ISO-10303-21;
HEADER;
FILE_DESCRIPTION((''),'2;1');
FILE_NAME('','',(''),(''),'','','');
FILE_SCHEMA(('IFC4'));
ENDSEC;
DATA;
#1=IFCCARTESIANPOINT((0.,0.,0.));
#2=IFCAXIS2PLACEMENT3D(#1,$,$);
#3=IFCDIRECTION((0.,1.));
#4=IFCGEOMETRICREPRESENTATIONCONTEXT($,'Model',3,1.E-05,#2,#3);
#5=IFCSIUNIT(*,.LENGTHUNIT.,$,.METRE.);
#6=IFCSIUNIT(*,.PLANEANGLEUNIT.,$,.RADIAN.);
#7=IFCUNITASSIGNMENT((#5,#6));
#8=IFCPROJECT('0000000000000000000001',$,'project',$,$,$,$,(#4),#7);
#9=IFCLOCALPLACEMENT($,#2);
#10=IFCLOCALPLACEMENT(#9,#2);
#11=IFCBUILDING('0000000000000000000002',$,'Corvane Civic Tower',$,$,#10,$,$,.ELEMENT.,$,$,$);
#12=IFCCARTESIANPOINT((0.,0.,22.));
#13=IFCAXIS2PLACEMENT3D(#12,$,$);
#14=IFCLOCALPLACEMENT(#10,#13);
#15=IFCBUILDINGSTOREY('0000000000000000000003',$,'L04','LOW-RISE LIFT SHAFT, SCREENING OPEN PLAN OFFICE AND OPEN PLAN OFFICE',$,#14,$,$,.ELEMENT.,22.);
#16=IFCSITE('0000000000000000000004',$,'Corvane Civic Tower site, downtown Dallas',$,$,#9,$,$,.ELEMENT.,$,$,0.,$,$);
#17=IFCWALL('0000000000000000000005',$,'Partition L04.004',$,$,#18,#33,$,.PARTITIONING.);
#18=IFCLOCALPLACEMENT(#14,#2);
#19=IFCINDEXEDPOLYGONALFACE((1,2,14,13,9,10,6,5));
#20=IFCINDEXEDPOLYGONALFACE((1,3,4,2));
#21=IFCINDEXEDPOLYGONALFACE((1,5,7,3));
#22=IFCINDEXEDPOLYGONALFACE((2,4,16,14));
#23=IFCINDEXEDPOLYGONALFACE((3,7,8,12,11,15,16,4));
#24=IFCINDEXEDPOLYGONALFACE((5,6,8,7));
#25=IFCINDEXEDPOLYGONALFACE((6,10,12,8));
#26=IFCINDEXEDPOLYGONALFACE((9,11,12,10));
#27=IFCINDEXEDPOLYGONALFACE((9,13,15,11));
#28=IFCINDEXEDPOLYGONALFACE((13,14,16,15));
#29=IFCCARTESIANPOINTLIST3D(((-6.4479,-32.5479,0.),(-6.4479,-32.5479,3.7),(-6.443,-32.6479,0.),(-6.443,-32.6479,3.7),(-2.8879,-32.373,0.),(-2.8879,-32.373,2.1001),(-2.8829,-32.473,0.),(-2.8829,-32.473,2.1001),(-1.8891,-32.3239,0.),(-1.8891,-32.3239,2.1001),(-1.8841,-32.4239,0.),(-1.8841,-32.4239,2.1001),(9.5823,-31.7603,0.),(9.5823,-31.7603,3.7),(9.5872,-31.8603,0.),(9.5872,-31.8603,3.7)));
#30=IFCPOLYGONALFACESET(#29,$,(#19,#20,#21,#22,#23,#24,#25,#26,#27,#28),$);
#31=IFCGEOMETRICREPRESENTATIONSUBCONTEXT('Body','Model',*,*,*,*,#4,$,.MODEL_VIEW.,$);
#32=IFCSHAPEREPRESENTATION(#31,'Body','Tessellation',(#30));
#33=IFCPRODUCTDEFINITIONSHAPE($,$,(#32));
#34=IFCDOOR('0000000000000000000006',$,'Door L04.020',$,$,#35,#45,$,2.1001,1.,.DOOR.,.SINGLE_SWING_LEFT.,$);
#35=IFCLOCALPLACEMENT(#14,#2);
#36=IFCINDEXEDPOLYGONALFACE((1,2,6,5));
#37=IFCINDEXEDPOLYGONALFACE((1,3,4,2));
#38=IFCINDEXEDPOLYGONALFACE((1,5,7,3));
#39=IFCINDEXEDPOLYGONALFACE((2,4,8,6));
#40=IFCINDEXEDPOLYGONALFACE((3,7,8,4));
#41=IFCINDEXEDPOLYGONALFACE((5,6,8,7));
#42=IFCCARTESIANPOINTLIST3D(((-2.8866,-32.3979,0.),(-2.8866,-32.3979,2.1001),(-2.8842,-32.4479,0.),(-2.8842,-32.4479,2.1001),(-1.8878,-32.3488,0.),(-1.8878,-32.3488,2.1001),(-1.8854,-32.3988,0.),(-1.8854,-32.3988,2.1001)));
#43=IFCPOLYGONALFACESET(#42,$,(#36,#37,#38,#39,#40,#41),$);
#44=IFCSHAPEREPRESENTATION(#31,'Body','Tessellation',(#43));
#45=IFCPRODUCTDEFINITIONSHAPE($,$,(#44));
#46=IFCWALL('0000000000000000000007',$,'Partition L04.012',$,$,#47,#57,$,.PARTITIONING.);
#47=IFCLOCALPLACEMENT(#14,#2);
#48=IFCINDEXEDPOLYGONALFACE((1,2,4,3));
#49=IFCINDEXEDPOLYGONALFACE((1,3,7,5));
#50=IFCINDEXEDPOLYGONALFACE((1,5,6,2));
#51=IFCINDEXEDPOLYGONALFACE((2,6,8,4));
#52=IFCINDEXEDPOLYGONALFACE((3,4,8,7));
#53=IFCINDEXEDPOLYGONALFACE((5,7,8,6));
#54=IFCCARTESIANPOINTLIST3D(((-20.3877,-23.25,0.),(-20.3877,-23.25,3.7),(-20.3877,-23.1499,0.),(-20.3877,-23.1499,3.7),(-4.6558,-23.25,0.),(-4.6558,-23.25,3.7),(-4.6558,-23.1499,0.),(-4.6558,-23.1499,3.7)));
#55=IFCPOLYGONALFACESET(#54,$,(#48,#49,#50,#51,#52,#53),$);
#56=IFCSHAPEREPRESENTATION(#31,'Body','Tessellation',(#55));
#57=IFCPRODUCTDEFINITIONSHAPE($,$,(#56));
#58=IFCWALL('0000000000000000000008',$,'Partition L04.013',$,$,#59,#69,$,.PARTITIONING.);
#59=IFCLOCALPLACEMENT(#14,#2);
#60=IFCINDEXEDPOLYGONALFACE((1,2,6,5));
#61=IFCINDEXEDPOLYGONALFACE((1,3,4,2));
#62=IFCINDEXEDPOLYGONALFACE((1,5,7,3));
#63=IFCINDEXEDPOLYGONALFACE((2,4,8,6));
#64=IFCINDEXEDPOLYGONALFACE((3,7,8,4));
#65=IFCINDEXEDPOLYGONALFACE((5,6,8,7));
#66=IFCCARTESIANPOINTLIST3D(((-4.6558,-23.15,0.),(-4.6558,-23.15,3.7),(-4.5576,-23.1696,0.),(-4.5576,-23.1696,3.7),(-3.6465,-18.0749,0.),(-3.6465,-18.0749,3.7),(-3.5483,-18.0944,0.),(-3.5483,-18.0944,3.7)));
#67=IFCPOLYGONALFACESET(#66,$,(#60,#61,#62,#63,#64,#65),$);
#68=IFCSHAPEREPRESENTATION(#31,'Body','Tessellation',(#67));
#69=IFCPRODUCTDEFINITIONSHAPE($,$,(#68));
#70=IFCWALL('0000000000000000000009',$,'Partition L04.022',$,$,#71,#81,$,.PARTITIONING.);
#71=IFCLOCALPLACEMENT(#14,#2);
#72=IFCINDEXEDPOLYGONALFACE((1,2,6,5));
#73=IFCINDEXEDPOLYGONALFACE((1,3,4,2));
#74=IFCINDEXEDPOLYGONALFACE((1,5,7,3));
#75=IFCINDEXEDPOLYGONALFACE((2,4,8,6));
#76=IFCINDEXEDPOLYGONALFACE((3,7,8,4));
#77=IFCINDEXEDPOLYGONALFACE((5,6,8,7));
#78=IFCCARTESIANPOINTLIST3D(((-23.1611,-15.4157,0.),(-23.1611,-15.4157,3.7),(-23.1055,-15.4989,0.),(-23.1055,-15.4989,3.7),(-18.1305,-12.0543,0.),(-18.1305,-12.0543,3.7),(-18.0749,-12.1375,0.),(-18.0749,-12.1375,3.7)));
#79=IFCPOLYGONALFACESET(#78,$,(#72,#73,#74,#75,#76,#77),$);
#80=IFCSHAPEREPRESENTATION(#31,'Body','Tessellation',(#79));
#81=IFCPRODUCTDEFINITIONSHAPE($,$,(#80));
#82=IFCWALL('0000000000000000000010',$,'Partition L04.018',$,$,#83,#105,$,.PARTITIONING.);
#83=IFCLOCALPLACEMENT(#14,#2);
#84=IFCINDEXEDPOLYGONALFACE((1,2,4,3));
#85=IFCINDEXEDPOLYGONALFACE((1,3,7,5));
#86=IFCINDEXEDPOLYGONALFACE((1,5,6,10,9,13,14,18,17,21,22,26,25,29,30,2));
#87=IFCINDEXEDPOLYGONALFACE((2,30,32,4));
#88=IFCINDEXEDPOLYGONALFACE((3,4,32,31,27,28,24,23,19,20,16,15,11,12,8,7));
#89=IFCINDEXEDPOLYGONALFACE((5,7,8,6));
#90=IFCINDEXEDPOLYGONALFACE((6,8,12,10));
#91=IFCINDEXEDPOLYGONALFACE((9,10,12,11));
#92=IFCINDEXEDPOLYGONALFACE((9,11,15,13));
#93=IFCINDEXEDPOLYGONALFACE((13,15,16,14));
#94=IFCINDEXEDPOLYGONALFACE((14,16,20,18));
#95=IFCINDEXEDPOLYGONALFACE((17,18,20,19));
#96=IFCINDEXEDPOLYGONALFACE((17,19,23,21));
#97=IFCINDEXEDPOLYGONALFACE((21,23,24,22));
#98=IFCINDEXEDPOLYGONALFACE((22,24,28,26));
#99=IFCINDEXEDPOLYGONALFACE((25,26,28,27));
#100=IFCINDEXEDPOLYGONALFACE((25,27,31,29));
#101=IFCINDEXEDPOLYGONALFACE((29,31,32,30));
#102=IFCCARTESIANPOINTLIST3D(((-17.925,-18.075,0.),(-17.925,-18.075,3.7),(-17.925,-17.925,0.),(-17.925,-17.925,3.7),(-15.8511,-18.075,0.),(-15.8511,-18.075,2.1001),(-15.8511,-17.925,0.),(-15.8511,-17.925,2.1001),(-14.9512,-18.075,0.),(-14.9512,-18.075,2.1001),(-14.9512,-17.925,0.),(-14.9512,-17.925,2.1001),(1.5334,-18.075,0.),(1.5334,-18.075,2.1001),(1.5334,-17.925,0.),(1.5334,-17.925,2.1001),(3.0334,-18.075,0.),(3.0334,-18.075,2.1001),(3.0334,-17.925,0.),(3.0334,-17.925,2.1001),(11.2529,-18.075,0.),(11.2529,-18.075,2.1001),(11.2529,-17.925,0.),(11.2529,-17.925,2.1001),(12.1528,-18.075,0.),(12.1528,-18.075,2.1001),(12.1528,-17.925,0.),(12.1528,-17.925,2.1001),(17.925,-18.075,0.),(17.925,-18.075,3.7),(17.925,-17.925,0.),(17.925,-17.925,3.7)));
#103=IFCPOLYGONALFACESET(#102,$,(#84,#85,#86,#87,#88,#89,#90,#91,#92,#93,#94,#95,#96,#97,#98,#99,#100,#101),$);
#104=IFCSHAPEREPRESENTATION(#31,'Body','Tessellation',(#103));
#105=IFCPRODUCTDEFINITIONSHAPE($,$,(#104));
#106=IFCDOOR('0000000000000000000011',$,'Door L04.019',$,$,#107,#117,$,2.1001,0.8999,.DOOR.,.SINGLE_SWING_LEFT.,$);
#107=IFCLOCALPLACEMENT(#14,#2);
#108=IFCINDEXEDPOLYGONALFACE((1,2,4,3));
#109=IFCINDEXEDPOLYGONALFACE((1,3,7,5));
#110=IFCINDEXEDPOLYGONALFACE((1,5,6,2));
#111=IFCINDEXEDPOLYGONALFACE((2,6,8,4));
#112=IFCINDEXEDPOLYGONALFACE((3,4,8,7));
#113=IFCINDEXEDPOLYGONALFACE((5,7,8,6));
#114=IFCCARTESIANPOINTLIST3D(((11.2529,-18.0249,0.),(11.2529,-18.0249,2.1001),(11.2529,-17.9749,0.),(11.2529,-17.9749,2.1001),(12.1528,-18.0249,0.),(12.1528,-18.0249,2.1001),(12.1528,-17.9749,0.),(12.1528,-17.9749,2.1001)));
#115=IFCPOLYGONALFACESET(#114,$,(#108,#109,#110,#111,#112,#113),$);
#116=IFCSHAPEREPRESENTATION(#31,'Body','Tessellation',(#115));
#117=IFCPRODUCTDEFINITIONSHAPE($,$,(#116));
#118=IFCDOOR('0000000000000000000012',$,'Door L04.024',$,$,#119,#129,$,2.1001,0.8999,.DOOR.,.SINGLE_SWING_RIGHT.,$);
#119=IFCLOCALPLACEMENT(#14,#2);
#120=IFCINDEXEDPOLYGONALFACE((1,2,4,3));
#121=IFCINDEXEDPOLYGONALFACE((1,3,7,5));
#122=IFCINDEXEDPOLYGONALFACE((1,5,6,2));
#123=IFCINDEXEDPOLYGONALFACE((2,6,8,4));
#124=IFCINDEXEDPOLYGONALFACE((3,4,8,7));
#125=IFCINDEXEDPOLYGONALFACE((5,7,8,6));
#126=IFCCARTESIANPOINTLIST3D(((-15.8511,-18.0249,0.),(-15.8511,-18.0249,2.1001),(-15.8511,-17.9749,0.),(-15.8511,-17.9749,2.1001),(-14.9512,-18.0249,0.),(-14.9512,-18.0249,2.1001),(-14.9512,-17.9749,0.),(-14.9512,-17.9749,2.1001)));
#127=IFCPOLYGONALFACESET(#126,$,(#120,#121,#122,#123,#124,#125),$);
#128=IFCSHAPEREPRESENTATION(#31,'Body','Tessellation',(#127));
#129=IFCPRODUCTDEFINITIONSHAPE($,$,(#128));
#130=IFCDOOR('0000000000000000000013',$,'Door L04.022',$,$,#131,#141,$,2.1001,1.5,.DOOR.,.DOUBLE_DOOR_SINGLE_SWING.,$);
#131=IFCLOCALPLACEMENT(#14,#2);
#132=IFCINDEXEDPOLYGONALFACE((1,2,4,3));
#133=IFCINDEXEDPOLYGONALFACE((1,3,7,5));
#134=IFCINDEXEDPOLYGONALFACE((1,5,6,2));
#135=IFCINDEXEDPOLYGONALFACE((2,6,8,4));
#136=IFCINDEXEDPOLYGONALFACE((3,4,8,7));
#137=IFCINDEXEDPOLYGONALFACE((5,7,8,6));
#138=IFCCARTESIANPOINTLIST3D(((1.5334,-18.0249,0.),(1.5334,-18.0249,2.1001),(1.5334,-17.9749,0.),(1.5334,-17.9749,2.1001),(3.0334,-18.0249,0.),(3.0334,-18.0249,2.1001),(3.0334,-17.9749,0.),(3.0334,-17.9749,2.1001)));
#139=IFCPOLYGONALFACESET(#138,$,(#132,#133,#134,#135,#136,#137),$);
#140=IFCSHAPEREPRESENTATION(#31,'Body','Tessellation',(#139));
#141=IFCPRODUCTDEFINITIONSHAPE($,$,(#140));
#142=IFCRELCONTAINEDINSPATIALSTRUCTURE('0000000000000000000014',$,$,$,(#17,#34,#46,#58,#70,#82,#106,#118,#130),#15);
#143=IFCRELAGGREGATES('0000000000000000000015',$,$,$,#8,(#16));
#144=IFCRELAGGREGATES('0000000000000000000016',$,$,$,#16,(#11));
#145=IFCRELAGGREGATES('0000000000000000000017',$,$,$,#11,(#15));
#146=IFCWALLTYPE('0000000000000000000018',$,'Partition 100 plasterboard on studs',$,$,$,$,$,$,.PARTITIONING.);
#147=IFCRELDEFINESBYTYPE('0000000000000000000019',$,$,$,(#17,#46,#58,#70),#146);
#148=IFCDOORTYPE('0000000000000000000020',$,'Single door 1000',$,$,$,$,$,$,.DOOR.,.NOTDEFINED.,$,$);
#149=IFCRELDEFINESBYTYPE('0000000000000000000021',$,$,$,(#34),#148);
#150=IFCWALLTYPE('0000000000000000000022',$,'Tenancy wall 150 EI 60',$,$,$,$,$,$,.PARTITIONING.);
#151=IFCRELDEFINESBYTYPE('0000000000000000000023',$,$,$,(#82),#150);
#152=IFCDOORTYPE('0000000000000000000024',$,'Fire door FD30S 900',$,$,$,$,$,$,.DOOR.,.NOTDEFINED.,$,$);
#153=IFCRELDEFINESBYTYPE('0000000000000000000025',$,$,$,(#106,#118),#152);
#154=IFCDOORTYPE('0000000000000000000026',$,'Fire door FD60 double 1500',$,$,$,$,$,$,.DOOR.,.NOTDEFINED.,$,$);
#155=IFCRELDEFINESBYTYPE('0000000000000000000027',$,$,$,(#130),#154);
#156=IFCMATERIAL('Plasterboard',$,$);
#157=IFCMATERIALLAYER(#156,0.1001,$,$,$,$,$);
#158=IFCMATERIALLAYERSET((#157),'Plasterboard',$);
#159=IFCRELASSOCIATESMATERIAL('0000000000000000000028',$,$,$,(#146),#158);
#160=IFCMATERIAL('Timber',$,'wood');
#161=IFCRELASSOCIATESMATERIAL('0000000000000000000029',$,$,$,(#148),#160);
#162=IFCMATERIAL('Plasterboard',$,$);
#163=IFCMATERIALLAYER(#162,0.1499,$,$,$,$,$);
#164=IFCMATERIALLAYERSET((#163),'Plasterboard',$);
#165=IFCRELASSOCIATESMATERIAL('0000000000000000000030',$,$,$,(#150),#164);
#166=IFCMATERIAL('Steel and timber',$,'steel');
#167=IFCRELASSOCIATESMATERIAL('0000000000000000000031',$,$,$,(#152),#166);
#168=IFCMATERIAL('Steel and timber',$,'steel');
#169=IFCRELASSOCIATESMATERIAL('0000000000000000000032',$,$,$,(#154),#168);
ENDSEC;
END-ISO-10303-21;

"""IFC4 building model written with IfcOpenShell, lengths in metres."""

from ifc_helpers import new_model, si_unit, direction, frame, frame_2d, origin, place, context, subcontext, project, spatial, rectangle, extrude, material, layer, layer_set, type_object, element, fill, save


model = new_model("IFC4")

# Units and contexts
model_context = context("Model", 3, precision=1e-05, world=origin(), true_north=direction((0.0, 1.0)))
body_context = subcontext(model_context, "Body", "Model", "MODEL_VIEW")
ifc_project = project(units=[si_unit("LENGTHUNIT", "METRE"), si_unit("PLANEANGLEUNIT", "RADIAN")], contexts=[model_context])

# Site, building, storey
site_placement = place(None, origin())
site = spatial("IfcSite", under=ifc_project, at=site_placement, Name="Corvane Civic Tower site, downtown Dallas", CompositionType="ELEMENT", RefElevation=0.0)
building_placement = place(site_placement, origin())
building = spatial("IfcBuilding", under=site, at=building_placement, Name="Corvane Civic Tower", CompositionType="ELEMENT")
storey_placement = place(building_placement, frame((0.0, 0.0, 22.0)))
storey = spatial("IfcBuildingStorey", under=building, at=storey_placement, Name="L04", Description="LOW-RISE LIFT SHAFT, SCREENING OPEN PLAN OFFICE AND OPEN PLAN OFFICE", CompositionType="ELEMENT", Elevation=22.0)

# Shared definitions
ifc_material_1 = material(Name="Plasterboard")
ifc_layer_1 = layer(ifc_material_1, 0.1001)
ifc_layer_set_1 = layer_set([ifc_layer_1], Name="Plasterboard")
wall_type_1 = type_object("IfcWallType", Name="Partition 100 plasterboard on studs", PredefinedType="PARTITIONING", material=ifc_layer_set_1)

# Wall, opening, door
wall_1_placement = place(storey_placement, frame((-6.4456, -32.5979, 0.0), z_axis=(0.0, 0.0, 1.0), x_axis=(0.998795, 0.049073, 0.0)))
wall_1 = element("IfcWall", 1, at=wall_1_placement, inside=storey, type_object=wall_type_1, Name="Partition L04.004", PredefinedType="PARTITIONING", context=body_context, shape_type="SweptSolid", body=[
    extrude(rectangle(XDim=16.0496, YDim=0.1001, at=frame_2d((8.0249, 0.0))), origin(), (0.0, 0.0, 1.0), 3.7),
])
opening_1_placement = place(wall_1_placement, frame((3.5645, 0.0, 0.0)))
opening_1 = element("IfcOpeningElement", 2, at=opening_1_placement, cuts=wall_1, PredefinedType="OPENING", context=body_context, shape_type="SweptSolid", body=[
    extrude(rectangle(XDim=1.0, YDim=2.1001, at=frame_2d((0.5, 1.05))), frame((0.0, 0.0601, 0.0), z_axis=(0.0, -1.0, 0.0), x_axis=(1.0, 0.0, 0.0)), (0.0, 0.0, 1.0), 0.1201),
])
ifc_material_2 = material(Name="Timber", Category="wood")
door_type_1 = type_object("IfcDoorType", Name="Single door 1000", OperationType="NOTDEFINED", PredefinedType="DOOR", material=ifc_material_2)
door_1_placement = place(opening_1_placement, frame((1.0, 0.0, 0.0), z_axis=(0.0, 0.0, 1.0), x_axis=(-1.0, 0.0, 0.0)))
door_1 = element("IfcDoor", 3, at=door_1_placement, inside=storey, type_object=door_type_1, Name="Door L04.020", OperationType="SINGLE_SWING_LEFT", OverallHeight=2.1001, OverallWidth=1.0, PredefinedType="DOOR", context=body_context, shape_type="SweptSolid", body=[
    extrude(rectangle(XDim=1.0, YDim=2.1001, at=frame_2d((0.5, 1.05))), frame((0.0, 0.0249, 0.0), z_axis=(0.0, -1.0, 0.0), x_axis=(1.0, 0.0, 0.0)), (0.0, 0.0, 1.0), 0.05),
])
fill(opening_1, door_1)

# Walls
wall_2_placement = place(storey_placement, frame((-20.3877, -23.2, 0.0), z_axis=(0.0, 0.0, 1.0), x_axis=(1.0, 0.0, 0.0)))
element("IfcWall", 4, at=wall_2_placement, inside=storey, type_object=wall_type_1, Name="Partition L04.012", PredefinedType="PARTITIONING", context=body_context, shape_type="SweptSolid", body=[
    extrude(rectangle(XDim=15.7319, YDim=0.1001, at=frame_2d((7.866, 0.0))), origin(), (0.0, 0.0, 1.0), 3.7),
])
wall_3_placement = place(storey_placement, frame((-4.6067, -23.1599, 0.0), z_axis=(0.0, 0.0, 1.0), x_axis=(0.195045, 0.980794, 0.0)))
element("IfcWall", 5, at=wall_3_placement, inside=storey, type_object=wall_type_1, Name="Partition L04.013", PredefinedType="PARTITIONING", context=body_context, shape_type="SweptSolid", body=[
    extrude(rectangle(XDim=5.1746, YDim=0.1001, at=frame_2d((2.5874, 0.0))), origin(), (0.0, 0.0, 1.0), 3.7),
])
wall_4_placement = place(storey_placement, frame((-23.1333, -15.4573, 0.0), z_axis=(0.0, 0.0, 1.0), x_axis=(0.831466, 0.555575, 0.0)))
element("IfcWall", 6, at=wall_4_placement, inside=storey, type_object=wall_type_1, Name="Partition L04.022", PredefinedType="PARTITIONING", context=body_context, shape_type="SweptSolid", body=[
    extrude(rectangle(XDim=6.0503, YDim=0.1001, at=frame_2d((3.0251, 0.0))), origin(), (0.0, 0.0, 1.0), 3.7),
])

# Wall, openings, doors
ifc_material_3 = material(Name="Plasterboard")
ifc_layer_2 = layer(ifc_material_3, 0.1499)
ifc_layer_set_2 = layer_set([ifc_layer_2], Name="Plasterboard")
wall_type_2 = type_object("IfcWallType", Name="Tenancy wall 150 EI 60", PredefinedType="PARTITIONING", material=ifc_layer_set_2)
wall_5_placement = place(storey_placement, frame((-17.925, -18.0, 0.0), z_axis=(0.0, 0.0, 1.0), x_axis=(1.0, 0.0, 0.0)))
wall_5 = element("IfcWall", 7, at=wall_5_placement, inside=storey, type_object=wall_type_2, Name="Partition L04.018", PredefinedType="PARTITIONING", context=body_context, shape_type="SweptSolid", body=[
    extrude(rectangle(XDim=35.8501, YDim=0.1499, at=frame_2d((17.925, 0.0))), origin(), (0.0, 0.0, 1.0), 3.7),
])
opening_2_placement = place(wall_5_placement, frame((29.178, 0.0, 0.0)))
opening_2 = element("IfcOpeningElement", 8, at=opening_2_placement, cuts=wall_5, PredefinedType="OPENING", context=body_context, shape_type="SweptSolid", body=[
    extrude(rectangle(XDim=0.8999, YDim=2.1001, at=frame_2d((0.45, 1.05))), frame((0.0, 0.085, 0.0), z_axis=(0.0, -1.0, 0.0), x_axis=(1.0, 0.0, 0.0)), (0.0, 0.0, 1.0), 0.1699),
])
opening_3_placement = place(wall_5_placement, frame((19.4585, 0.0, 0.0)))
opening_3 = element("IfcOpeningElement", 9, at=opening_3_placement, cuts=wall_5, PredefinedType="OPENING", context=body_context, shape_type="SweptSolid", body=[
    extrude(rectangle(XDim=1.5, YDim=2.1001, at=frame_2d((0.75, 1.05))), frame((0.0, 0.085, 0.0), z_axis=(0.0, -1.0, 0.0), x_axis=(1.0, 0.0, 0.0)), (0.0, 0.0, 1.0), 0.1699),
])
opening_4_placement = place(wall_5_placement, frame((2.074, 0.0, 0.0)))
opening_4 = element("IfcOpeningElement", 10, at=opening_4_placement, cuts=wall_5, PredefinedType="OPENING", context=body_context, shape_type="SweptSolid", body=[
    extrude(rectangle(XDim=0.8999, YDim=2.1001, at=frame_2d((0.45, 1.05))), frame((0.0, 0.085, 0.0), z_axis=(0.0, -1.0, 0.0), x_axis=(1.0, 0.0, 0.0)), (0.0, 0.0, 1.0), 0.1699),
])
ifc_material_4 = material(Name="Steel and timber", Category="steel")
door_type_2 = type_object("IfcDoorType", Name="Fire door FD30S 900", OperationType="NOTDEFINED", PredefinedType="DOOR", material=ifc_material_4)
door_2_placement = place(opening_2_placement, frame((0.8999, 0.0, 0.0), z_axis=(0.0, 0.0, 1.0), x_axis=(-1.0, 0.0, 0.0)))
door_2 = element("IfcDoor", 11, at=door_2_placement, inside=storey, type_object=door_type_2, Name="Door L04.019", OperationType="SINGLE_SWING_LEFT", OverallHeight=2.1001, OverallWidth=0.8999, PredefinedType="DOOR", context=body_context, shape_type="SweptSolid", body=[
    extrude(rectangle(XDim=0.8999, YDim=2.1001, at=frame_2d((0.45, 1.05))), frame((0.0, 0.0249, 0.0), z_axis=(0.0, -1.0, 0.0), x_axis=(1.0, 0.0, 0.0)), (0.0, 0.0, 1.0), 0.05),
])
fill(opening_2, door_2)
door_3_placement = place(opening_4_placement, frame((0.8999, 0.0, 0.0), z_axis=(0.0, 0.0, 1.0), x_axis=(-1.0, 0.0, 0.0)))
door_3 = element("IfcDoor", 12, at=door_3_placement, inside=storey, type_object=door_type_2, Name="Door L04.024", OperationType="SINGLE_SWING_RIGHT", OverallHeight=2.1001, OverallWidth=0.8999, PredefinedType="DOOR", context=body_context, shape_type="SweptSolid", body=[
    extrude(rectangle(XDim=0.8999, YDim=2.1001, at=frame_2d((0.45, 1.05))), frame((0.0, 0.0249, 0.0), z_axis=(0.0, -1.0, 0.0), x_axis=(1.0, 0.0, 0.0)), (0.0, 0.0, 1.0), 0.05),
])
fill(opening_4, door_3)
ifc_material_5 = material(Name="Steel and timber", Category="steel")
door_type_3 = type_object("IfcDoorType", Name="Fire door FD60 double 1500", OperationType="NOTDEFINED", PredefinedType="DOOR", material=ifc_material_5)
door_4_placement = place(opening_3_placement, frame((1.5, 0.0, 0.0), z_axis=(0.0, 0.0, 1.0), x_axis=(-1.0, 0.0, 0.0)))
door_4 = element("IfcDoor", 13, at=door_4_placement, inside=storey, type_object=door_type_3, Name="Door L04.022", OperationType="DOUBLE_DOOR_SINGLE_SWING", OverallHeight=2.1001, OverallWidth=1.5, PredefinedType="DOOR", context=body_context, shape_type="SweptSolid", body=[
    extrude(rectangle(XDim=1.5, YDim=2.1001, at=frame_2d((0.75, 1.05))), frame((0.0, 0.0249, 0.0), z_axis=(0.0, -1.0, 0.0), x_axis=(1.0, 0.0, 0.0)), (0.0, 0.0, 1.0), 0.05),
])
fill(opening_3, door_4)

save(model, "model.ifc")
